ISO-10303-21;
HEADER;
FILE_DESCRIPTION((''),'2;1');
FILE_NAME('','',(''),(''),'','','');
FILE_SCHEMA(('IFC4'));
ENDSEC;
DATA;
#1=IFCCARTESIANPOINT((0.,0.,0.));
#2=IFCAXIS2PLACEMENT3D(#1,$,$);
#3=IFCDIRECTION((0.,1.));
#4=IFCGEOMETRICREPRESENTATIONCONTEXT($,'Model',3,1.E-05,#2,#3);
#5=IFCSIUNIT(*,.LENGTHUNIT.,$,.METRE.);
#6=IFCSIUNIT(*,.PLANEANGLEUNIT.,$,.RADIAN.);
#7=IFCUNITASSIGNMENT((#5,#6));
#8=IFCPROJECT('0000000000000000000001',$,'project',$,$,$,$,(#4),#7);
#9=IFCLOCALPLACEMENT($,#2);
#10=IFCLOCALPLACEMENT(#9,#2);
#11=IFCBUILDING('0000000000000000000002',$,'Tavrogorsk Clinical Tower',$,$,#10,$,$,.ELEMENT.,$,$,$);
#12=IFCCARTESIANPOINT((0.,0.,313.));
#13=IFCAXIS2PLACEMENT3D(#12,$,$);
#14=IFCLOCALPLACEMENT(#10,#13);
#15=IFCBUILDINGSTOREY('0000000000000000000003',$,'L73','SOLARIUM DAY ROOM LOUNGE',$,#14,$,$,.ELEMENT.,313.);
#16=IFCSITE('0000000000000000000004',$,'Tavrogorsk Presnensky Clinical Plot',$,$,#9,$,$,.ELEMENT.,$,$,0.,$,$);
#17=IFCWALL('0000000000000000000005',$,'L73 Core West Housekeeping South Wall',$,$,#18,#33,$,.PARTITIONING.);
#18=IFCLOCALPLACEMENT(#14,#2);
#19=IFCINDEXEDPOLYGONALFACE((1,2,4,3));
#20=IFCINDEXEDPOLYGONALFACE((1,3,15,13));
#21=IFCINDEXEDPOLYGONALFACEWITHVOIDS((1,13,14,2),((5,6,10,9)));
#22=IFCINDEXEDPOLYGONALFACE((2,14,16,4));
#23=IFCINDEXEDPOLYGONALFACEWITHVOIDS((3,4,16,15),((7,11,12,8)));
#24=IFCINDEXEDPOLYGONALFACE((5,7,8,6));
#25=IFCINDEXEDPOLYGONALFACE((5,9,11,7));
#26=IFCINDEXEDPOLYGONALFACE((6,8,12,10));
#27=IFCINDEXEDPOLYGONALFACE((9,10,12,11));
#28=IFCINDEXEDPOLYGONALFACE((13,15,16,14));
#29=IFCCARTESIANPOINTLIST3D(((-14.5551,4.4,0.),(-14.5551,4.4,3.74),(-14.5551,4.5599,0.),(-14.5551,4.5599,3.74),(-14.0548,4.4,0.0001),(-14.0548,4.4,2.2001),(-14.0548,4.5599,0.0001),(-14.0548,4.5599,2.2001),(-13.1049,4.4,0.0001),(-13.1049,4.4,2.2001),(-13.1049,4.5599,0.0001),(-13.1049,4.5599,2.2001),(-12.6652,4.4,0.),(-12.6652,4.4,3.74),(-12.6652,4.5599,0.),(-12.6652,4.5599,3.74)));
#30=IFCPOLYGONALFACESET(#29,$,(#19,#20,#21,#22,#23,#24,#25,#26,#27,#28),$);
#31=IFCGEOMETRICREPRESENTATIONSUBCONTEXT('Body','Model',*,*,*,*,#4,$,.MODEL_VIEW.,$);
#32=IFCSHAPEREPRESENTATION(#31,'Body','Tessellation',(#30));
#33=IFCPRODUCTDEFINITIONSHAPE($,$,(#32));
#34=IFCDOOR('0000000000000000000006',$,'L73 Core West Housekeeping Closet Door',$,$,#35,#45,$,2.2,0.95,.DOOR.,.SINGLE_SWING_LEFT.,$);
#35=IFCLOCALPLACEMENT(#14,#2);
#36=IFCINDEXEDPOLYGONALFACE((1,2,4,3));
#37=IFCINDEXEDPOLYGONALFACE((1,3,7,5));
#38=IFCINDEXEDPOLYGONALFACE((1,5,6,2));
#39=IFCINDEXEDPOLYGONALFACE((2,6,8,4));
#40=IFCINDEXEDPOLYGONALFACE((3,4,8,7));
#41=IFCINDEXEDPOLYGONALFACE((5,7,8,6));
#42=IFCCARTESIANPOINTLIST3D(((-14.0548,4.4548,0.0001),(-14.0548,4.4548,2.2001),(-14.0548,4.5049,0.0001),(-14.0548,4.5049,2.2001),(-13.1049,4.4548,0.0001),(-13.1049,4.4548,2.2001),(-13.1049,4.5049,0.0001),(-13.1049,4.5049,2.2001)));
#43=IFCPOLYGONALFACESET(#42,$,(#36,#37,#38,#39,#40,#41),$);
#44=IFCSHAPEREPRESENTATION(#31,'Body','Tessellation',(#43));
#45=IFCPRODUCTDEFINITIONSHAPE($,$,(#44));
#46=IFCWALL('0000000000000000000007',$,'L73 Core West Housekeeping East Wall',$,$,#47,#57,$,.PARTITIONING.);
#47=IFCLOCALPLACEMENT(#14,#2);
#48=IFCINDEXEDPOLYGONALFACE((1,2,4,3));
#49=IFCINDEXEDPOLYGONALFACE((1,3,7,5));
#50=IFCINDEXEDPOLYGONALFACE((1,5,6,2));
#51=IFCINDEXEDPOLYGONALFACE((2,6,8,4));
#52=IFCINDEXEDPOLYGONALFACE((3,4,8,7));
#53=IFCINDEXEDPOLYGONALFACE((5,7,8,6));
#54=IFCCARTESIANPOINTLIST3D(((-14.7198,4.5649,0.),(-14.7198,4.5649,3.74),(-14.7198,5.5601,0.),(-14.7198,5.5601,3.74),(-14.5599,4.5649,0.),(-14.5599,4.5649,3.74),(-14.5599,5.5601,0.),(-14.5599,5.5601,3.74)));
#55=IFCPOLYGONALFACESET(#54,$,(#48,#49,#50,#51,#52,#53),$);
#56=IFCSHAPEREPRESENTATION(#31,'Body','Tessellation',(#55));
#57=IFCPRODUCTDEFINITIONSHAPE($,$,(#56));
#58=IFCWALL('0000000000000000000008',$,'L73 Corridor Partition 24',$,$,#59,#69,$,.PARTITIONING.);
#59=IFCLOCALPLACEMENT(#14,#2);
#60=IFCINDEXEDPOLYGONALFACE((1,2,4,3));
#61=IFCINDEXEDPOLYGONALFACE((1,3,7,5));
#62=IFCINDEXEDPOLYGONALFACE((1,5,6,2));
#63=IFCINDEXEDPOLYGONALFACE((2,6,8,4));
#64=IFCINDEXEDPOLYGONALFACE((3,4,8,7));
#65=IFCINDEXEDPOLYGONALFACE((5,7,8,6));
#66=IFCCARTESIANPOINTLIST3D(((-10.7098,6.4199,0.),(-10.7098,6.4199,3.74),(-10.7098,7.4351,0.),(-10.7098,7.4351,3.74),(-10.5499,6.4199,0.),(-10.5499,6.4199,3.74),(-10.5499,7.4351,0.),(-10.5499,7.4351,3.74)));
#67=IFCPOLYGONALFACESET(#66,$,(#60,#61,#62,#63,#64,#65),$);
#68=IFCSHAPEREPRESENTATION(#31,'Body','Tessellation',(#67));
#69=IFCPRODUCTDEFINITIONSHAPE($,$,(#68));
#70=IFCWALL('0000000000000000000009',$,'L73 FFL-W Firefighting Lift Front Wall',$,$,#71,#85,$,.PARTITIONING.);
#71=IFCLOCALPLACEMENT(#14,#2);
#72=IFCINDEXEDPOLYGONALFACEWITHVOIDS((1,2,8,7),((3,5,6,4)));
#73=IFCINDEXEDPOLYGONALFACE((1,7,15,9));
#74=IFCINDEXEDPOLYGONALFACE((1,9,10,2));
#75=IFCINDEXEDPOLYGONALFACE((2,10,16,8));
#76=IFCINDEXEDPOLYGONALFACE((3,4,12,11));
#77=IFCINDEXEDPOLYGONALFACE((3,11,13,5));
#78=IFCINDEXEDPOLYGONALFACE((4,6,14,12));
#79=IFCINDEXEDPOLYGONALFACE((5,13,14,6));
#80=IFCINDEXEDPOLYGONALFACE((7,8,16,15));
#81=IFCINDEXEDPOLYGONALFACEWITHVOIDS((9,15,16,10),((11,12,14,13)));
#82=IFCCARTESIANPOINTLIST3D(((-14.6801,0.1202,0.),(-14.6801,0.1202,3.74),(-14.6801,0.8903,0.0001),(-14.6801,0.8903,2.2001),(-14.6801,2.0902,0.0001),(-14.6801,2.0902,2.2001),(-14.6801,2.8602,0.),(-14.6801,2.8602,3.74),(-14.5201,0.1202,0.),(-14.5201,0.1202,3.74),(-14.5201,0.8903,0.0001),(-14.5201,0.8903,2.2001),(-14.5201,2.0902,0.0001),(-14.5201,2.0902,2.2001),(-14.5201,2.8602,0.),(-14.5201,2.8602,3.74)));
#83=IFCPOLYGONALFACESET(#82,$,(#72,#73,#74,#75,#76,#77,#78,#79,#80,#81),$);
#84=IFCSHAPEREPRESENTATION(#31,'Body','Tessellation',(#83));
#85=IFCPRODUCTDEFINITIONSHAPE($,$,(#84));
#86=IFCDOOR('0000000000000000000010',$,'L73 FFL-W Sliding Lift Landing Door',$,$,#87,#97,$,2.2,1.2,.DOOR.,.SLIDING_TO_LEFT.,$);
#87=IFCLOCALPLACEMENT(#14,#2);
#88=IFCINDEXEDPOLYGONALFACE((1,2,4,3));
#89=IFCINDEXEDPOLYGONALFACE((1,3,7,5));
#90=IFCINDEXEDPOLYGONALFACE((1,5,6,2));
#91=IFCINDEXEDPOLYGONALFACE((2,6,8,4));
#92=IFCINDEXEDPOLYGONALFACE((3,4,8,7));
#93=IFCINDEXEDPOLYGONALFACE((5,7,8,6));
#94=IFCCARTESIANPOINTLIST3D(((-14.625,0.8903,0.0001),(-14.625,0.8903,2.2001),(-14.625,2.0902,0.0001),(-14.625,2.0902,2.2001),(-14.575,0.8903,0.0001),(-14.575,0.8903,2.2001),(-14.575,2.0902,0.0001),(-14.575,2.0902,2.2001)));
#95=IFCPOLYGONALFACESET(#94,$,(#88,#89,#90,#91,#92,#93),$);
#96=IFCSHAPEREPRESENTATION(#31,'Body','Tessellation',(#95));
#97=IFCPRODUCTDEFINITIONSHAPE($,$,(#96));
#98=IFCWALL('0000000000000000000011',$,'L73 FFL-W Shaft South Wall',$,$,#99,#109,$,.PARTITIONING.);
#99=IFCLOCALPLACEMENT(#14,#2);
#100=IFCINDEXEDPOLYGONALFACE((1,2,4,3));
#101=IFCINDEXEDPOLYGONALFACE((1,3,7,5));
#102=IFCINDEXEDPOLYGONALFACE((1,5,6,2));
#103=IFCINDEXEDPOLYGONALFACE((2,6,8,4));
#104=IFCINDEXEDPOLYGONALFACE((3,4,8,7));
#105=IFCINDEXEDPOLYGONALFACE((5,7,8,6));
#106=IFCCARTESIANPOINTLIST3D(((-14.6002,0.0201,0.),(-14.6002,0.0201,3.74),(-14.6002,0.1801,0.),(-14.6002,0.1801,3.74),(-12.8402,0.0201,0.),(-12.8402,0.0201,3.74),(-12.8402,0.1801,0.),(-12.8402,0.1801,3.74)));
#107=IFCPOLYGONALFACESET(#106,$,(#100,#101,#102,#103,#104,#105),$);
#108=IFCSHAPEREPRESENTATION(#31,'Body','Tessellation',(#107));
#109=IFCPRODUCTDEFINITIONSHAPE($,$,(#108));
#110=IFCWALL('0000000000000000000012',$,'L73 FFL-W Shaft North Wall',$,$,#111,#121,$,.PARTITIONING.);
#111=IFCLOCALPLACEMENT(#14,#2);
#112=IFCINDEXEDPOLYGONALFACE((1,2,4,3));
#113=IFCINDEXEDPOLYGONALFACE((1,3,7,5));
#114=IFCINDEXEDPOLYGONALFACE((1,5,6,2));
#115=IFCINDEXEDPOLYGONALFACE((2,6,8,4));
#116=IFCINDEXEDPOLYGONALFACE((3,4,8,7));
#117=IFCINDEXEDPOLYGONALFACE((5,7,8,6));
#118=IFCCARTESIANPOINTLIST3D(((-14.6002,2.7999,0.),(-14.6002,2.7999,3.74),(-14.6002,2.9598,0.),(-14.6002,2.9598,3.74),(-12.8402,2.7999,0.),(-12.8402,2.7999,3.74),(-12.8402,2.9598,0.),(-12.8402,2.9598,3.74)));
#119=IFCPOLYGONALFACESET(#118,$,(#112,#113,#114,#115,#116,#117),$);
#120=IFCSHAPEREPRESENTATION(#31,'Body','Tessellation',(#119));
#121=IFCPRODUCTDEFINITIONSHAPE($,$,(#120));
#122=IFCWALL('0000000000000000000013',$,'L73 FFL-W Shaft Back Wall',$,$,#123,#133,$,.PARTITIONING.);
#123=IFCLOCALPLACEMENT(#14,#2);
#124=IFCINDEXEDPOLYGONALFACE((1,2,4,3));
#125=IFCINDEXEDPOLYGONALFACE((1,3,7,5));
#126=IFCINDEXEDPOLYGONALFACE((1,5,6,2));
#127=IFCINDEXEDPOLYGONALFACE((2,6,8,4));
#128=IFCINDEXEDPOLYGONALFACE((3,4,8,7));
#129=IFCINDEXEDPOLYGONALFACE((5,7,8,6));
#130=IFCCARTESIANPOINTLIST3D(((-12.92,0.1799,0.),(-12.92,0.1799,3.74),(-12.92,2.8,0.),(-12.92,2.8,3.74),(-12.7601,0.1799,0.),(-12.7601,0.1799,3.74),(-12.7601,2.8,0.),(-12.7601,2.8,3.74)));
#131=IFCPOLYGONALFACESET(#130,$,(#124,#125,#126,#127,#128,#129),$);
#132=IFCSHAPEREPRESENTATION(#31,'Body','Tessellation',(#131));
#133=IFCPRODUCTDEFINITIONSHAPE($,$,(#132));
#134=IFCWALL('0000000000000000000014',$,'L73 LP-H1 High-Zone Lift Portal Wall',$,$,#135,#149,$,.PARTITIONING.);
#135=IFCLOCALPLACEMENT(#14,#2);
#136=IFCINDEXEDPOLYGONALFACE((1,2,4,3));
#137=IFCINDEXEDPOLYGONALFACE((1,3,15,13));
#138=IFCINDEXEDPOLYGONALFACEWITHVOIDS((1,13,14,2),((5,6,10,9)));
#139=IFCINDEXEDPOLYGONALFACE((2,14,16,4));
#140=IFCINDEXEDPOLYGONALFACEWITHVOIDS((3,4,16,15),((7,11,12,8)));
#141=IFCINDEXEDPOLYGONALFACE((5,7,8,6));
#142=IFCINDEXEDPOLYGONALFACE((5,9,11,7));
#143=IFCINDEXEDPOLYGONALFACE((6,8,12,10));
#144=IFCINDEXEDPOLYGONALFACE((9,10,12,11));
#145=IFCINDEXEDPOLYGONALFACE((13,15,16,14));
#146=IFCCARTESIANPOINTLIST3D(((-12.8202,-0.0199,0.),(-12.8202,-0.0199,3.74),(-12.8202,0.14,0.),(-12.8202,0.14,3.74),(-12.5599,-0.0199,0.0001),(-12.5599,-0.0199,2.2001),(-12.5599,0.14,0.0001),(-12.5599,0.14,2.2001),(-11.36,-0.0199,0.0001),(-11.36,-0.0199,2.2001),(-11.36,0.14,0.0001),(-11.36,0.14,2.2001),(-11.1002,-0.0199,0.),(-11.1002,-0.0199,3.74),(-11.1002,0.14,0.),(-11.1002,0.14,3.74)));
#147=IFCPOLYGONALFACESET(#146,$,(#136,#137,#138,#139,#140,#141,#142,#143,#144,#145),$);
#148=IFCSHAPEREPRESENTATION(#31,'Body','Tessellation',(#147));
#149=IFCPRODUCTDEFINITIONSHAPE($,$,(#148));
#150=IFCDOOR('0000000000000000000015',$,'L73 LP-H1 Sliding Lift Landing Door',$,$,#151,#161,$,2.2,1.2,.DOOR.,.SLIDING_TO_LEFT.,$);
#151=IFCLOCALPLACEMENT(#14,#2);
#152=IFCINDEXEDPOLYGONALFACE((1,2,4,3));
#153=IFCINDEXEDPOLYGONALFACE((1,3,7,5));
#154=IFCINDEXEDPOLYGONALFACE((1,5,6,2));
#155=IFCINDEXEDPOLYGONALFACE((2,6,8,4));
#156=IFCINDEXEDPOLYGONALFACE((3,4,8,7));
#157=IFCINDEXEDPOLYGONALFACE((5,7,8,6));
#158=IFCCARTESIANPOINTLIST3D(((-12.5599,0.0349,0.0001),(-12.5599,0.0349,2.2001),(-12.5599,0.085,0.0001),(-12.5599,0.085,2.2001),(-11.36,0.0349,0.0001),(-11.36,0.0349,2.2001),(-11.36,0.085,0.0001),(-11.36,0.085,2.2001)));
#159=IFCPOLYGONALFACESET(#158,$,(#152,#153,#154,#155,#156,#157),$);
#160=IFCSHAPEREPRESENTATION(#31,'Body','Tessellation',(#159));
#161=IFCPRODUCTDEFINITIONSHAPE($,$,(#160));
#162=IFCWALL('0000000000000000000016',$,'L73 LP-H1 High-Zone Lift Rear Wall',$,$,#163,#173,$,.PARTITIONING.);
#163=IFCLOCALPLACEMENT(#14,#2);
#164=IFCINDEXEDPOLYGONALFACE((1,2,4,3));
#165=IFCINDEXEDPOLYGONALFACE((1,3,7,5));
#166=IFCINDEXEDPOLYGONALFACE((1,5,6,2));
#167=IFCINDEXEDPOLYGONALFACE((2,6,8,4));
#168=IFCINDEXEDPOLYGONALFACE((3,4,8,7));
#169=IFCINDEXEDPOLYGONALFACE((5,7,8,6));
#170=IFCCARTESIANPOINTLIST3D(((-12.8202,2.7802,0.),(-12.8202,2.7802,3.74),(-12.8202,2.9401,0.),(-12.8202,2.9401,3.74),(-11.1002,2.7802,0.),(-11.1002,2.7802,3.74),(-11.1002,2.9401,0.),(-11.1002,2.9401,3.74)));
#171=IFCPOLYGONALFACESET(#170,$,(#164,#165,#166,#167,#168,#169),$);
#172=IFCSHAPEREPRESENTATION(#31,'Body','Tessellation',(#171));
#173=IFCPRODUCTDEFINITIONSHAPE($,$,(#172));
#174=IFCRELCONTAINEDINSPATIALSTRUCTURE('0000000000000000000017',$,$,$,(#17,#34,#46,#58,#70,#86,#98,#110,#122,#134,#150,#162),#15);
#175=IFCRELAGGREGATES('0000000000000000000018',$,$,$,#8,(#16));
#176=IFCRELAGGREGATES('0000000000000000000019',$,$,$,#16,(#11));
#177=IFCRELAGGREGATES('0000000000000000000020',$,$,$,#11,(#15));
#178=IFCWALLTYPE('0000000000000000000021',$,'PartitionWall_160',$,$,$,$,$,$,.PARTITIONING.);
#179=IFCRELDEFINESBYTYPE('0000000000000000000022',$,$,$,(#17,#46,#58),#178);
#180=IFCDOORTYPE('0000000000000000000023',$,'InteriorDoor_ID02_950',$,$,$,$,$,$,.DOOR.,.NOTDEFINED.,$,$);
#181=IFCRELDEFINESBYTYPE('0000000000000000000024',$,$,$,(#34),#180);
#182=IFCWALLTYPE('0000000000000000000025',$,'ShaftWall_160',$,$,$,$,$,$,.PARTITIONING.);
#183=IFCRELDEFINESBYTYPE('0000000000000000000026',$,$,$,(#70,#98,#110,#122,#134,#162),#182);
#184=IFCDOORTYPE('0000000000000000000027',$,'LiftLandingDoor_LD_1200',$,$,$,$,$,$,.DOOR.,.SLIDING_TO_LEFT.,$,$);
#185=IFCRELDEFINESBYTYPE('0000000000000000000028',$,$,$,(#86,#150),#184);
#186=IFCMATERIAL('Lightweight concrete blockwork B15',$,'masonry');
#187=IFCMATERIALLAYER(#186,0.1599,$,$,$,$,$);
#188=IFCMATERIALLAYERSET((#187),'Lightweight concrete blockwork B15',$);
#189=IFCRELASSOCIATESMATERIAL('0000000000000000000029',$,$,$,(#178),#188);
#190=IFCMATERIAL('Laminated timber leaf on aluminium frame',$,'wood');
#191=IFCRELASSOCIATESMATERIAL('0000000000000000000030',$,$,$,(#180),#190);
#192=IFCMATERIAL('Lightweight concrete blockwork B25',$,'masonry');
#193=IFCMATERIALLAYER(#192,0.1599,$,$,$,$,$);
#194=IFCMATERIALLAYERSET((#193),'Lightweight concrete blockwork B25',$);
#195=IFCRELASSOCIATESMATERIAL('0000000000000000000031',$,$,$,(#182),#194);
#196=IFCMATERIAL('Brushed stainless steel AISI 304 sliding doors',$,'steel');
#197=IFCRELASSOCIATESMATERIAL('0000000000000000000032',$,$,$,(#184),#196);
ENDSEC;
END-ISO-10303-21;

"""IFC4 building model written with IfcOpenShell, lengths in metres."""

from ifc_helpers import new_model, si_unit, direction, frame, frame_2d, origin, place, context, subcontext, project, spatial, rectangle, extrude, material, layer, layer_set, type_object, element, fill, save


model = new_model("IFC4")

# Units and contexts
model_context = context("Model", 3, precision=1e-05, world=origin(), true_north=direction((0.0, 1.0)))
body_context = subcontext(model_context, "Body", "Model", "MODEL_VIEW")
ifc_project = project(units=[si_unit("LENGTHUNIT", "METRE"), si_unit("PLANEANGLEUNIT", "RADIAN")], contexts=[model_context])

# Site, building, storey
site_placement = place(None, origin())
site = spatial("IfcSite", under=ifc_project, at=site_placement, Name="Tavrogorsk Presnensky Clinical Plot", CompositionType="ELEMENT", RefElevation=0.0)
building_placement = place(site_placement, origin())
building = spatial("IfcBuilding", under=site, at=building_placement, Name="Tavrogorsk Clinical Tower", CompositionType="ELEMENT")
storey_placement = place(building_placement, frame((0.0, 0.0, 313.0)))
storey = spatial("IfcBuildingStorey", under=building, at=storey_placement, Name="L73", Description="SOLARIUM DAY ROOM LOUNGE", CompositionType="ELEMENT", Elevation=313.0)

# Wall, opening, door
ifc_material_1 = material(Name="Lightweight concrete blockwork B15", Category="masonry")
ifc_layer_1 = layer(ifc_material_1, 0.1599)
ifc_layer_set_1 = layer_set([ifc_layer_1], Name="Lightweight concrete blockwork B15")
wall_type_1 = type_object("IfcWallType", Name="PartitionWall_160", PredefinedType="PARTITIONING", material=ifc_layer_set_1)
ifc_material_2 = material(Name="Laminated timber leaf on aluminium frame", Category="wood")
door_type_1 = type_object("IfcDoorType", Name="InteriorDoor_ID02_950", OperationType="NOTDEFINED", PredefinedType="DOOR", material=ifc_material_2)
wall_1_placement = place(storey_placement, frame((-14.5549, 4.48, 0.0), z_axis=(0.0, 0.0, 1.0), x_axis=(1.0, 0.0, 0.0)))
wall_1 = element("IfcWall", 1, at=wall_1_placement, inside=storey, type_object=wall_type_1, Name="L73 Core West Housekeeping South Wall", PredefinedType="PARTITIONING", context=body_context, shape_type="SweptSolid", body=[
    extrude(rectangle(XDim=1.8899, YDim=0.1599, at=frame_2d((0.9448, 0.0))), origin(), (0.0, 0.0, 1.0), 3.74),
])
opening_1_placement = place(wall_1_placement, frame((0.5, 0.0, 0.0)))
opening_1 = element("IfcOpeningElement", 2, at=opening_1_placement, cuts=wall_1, PredefinedType="OPENING", context=body_context, shape_type="SweptSolid", body=[
    extrude(rectangle(XDim=0.95, YDim=2.2, at=frame_2d((0.4751, 1.1001))), frame((0.0, 0.0898, 0.0), z_axis=(0.0, -1.0, 0.0), x_axis=(1.0, 0.0, 0.0)), (0.0, 0.0, 1.0), 0.1799),
])
door_1_placement = place(opening_1_placement, origin())
door_1 = element("IfcDoor", 3, at=door_1_placement, inside=storey, type_object=door_type_1, Name="L73 Core West Housekeeping Closet Door", OperationType="SINGLE_SWING_LEFT", OverallHeight=2.2, OverallWidth=0.95, PredefinedType="DOOR", context=body_context, shape_type="SweptSolid", body=[
    extrude(rectangle(XDim=0.95, YDim=2.2, at=frame_2d((0.4751, 1.1001))), frame((0.0, 0.0249, 0.0), z_axis=(0.0, -1.0, 0.0), x_axis=(1.0, 0.0, 0.0)), (0.0, 0.0, 1.0), 0.05),
])
fill(opening_1, door_1)

# Walls
wall_2_placement = place(storey_placement, frame((-14.6399, 4.5649, 0.0), z_axis=(0.0, 0.0, 1.0), x_axis=(0.0, 1.0, 0.0)))
element("IfcWall", 4, at=wall_2_placement, inside=storey, type_object=wall_type_1, Name="L73 Core West Housekeeping East Wall", PredefinedType="PARTITIONING", context=body_context, shape_type="SweptSolid", body=[
    extrude(rectangle(XDim=0.9951, YDim=0.1599, at=frame_2d((0.4976, 0.0))), origin(), (0.0, 0.0, 1.0), 3.74),
])
wall_3_placement = place(storey_placement, frame((-10.6299, 6.4199, 0.0), z_axis=(0.0, 0.0, 1.0), x_axis=(0.0, 1.0, 0.0)))
element("IfcWall", 5, at=wall_3_placement, inside=storey, type_object=wall_type_1, Name="L73 Corridor Partition 24", PredefinedType="PARTITIONING", context=body_context, shape_type="SweptSolid", body=[
    extrude(rectangle(XDim=1.0151, YDim=0.1599, at=frame_2d((0.5076, 0.0))), origin(), (0.0, 0.0, 1.0), 3.74),
])

# Wall, opening, door
ifc_material_3 = material(Name="Lightweight concrete blockwork B25", Category="masonry")
ifc_layer_2 = layer(ifc_material_3, 0.1599)
ifc_layer_set_2 = layer_set([ifc_layer_2], Name="Lightweight concrete blockwork B25")
wall_type_2 = type_object("IfcWallType", Name="ShaftWall_160", PredefinedType="PARTITIONING", material=ifc_layer_set_2)
wall_4_placement = place(storey_placement, frame((-14.6001, 0.1201, 0.0), z_axis=(0.0, 0.0, 1.0), x_axis=(0.0, 1.0, 0.0)))
wall_4 = element("IfcWall", 6, at=wall_4_placement, inside=storey, type_object=wall_type_2, Name="L73 FFL-W Firefighting Lift Front Wall", PredefinedType="PARTITIONING", context=body_context, shape_type="SweptSolid", body=[
    extrude(rectangle(XDim=2.74, YDim=0.1599, at=frame_2d((1.3701, 0.0))), origin(), (0.0, 0.0, 1.0), 3.74),
])
opening_2_placement = place(wall_4_placement, frame((0.77, 0.0, 0.0)))
opening_2 = element("IfcOpeningElement", 7, at=opening_2_placement, cuts=wall_4, PredefinedType="OPENING", context=body_context, shape_type="SweptSolid", body=[
    extrude(rectangle(XDim=1.2, YDim=2.2, at=frame_2d((0.6001, 1.1001))), frame((0.0, 0.0898, 0.0), z_axis=(0.0, -1.0, 0.0), x_axis=(1.0, 0.0, 0.0)), (0.0, 0.0, 1.0), 0.1799),
])
ifc_material_4 = material(Name="Brushed stainless steel AISI 304 sliding doors", Category="steel")
door_type_2 = type_object("IfcDoorType", Name="LiftLandingDoor_LD_1200", OperationType="SLIDING_TO_LEFT", PredefinedType="DOOR", material=ifc_material_4)
door_2_placement = place(opening_2_placement, origin())
door_2 = element("IfcDoor", 8, at=door_2_placement, inside=storey, type_object=door_type_2, Name="L73 FFL-W Sliding Lift Landing Door", OperationType="SLIDING_TO_LEFT", OverallHeight=2.2, OverallWidth=1.2, PredefinedType="DOOR", context=body_context, shape_type="SweptSolid", body=[
    extrude(rectangle(XDim=1.2, YDim=2.2, at=frame_2d((0.6001, 1.1001))), frame((0.0, 0.0249, 0.0), z_axis=(0.0, -1.0, 0.0), x_axis=(1.0, 0.0, 0.0)), (0.0, 0.0, 1.0), 0.05),
])
fill(opening_2, door_2)

# Walls
for number, where, z_axis, x_axis, name in (
    (9, (-14.6001, 0.1001, 0.0), (0.0, 0.0, 1.0), (1.0, 0.0, 0.0), "L73 FFL-W Shaft South Wall"),
    (10, (-14.6001, 2.8799, 0.0), (0.0, 0.0, 1.0), (1.0, 0.0, 0.0), "L73 FFL-W Shaft North Wall"),
):
    element("IfcWall", number, at=place(storey_placement, frame(where, z_axis=z_axis, x_axis=x_axis)), inside=storey, type_object=wall_type_2, Name=name, PredefinedType="PARTITIONING", context=body_context, shape_type="SweptSolid", body=[
        extrude(rectangle(XDim=1.76, YDim=0.1599, at=frame_2d((0.8799, 0.0))), origin(), (0.0, 0.0, 1.0), 3.74),
    ])
wall_5_placement = place(storey_placement, frame((-12.8401, 0.1799, 0.0), z_axis=(0.0, 0.0, 1.0), x_axis=(0.0, 1.0, 0.0)))
element("IfcWall", 11, at=wall_5_placement, inside=storey, type_object=wall_type_2, Name="L73 FFL-W Shaft Back Wall", PredefinedType="PARTITIONING", context=body_context, shape_type="SweptSolid", body=[
    extrude(rectangle(XDim=2.6201, YDim=0.1599, at=frame_2d((1.3101, 0.0))), origin(), (0.0, 0.0, 1.0), 3.74),
])

# Wall, opening, door
wall_6_placement = place(storey_placement, frame((-12.8201, 0.0601, 0.0), z_axis=(0.0, 0.0, 1.0), x_axis=(1.0, 0.0, 0.0)))
wall_6 = element("IfcWall", 12, at=wall_6_placement, inside=storey, type_object=wall_type_2, Name="L73 LP-H1 High-Zone Lift Portal Wall", PredefinedType="PARTITIONING", context=body_context, shape_type="SweptSolid", body=[
    extrude(rectangle(XDim=1.72, YDim=0.1599, at=frame_2d((0.8599, 0.0))), origin(), (0.0, 0.0, 1.0), 3.74),
])
opening_3_placement = place(wall_6_placement, frame((0.26, 0.0, 0.0)))
opening_3 = element("IfcOpeningElement", 13, at=opening_3_placement, cuts=wall_6, PredefinedType="OPENING", context=body_context, shape_type="SweptSolid", body=[
    extrude(rectangle(XDim=1.2, YDim=2.2, at=frame_2d((0.6001, 1.1001))), frame((0.0, 0.0898, 0.0), z_axis=(0.0, -1.0, 0.0), x_axis=(1.0, 0.0, 0.0)), (0.0, 0.0, 1.0), 0.1799),
])
door_3_placement = place(opening_3_placement, origin())
door_3 = element("IfcDoor", 14, at=door_3_placement, inside=storey, type_object=door_type_2, Name="L73 LP-H1 Sliding Lift Landing Door", OperationType="SLIDING_TO_LEFT", OverallHeight=2.2, OverallWidth=1.2, PredefinedType="DOOR", context=body_context, shape_type="SweptSolid", body=[
    extrude(rectangle(XDim=1.2, YDim=2.2, at=frame_2d((0.6001, 1.1001))), frame((0.0, 0.0249, 0.0), z_axis=(0.0, -1.0, 0.0), x_axis=(1.0, 0.0, 0.0)), (0.0, 0.0, 1.0), 0.05),
])
fill(opening_3, door_3)

# Wall
wall_7_placement = place(storey_placement, frame((-12.8201, 2.8601, 0.0), z_axis=(0.0, 0.0, 1.0), x_axis=(1.0, 0.0, 0.0)))
element("IfcWall", 15, at=wall_7_placement, inside=storey, type_object=wall_type_2, Name="L73 LP-H1 High-Zone Lift Rear Wall", PredefinedType="PARTITIONING", context=body_context, shape_type="SweptSolid", body=[
    extrude(rectangle(XDim=1.72, YDim=0.1599, at=frame_2d((0.8599, 0.0))), origin(), (0.0, 0.0, 1.0), 3.74),
])

save(model, "model.ifc")
